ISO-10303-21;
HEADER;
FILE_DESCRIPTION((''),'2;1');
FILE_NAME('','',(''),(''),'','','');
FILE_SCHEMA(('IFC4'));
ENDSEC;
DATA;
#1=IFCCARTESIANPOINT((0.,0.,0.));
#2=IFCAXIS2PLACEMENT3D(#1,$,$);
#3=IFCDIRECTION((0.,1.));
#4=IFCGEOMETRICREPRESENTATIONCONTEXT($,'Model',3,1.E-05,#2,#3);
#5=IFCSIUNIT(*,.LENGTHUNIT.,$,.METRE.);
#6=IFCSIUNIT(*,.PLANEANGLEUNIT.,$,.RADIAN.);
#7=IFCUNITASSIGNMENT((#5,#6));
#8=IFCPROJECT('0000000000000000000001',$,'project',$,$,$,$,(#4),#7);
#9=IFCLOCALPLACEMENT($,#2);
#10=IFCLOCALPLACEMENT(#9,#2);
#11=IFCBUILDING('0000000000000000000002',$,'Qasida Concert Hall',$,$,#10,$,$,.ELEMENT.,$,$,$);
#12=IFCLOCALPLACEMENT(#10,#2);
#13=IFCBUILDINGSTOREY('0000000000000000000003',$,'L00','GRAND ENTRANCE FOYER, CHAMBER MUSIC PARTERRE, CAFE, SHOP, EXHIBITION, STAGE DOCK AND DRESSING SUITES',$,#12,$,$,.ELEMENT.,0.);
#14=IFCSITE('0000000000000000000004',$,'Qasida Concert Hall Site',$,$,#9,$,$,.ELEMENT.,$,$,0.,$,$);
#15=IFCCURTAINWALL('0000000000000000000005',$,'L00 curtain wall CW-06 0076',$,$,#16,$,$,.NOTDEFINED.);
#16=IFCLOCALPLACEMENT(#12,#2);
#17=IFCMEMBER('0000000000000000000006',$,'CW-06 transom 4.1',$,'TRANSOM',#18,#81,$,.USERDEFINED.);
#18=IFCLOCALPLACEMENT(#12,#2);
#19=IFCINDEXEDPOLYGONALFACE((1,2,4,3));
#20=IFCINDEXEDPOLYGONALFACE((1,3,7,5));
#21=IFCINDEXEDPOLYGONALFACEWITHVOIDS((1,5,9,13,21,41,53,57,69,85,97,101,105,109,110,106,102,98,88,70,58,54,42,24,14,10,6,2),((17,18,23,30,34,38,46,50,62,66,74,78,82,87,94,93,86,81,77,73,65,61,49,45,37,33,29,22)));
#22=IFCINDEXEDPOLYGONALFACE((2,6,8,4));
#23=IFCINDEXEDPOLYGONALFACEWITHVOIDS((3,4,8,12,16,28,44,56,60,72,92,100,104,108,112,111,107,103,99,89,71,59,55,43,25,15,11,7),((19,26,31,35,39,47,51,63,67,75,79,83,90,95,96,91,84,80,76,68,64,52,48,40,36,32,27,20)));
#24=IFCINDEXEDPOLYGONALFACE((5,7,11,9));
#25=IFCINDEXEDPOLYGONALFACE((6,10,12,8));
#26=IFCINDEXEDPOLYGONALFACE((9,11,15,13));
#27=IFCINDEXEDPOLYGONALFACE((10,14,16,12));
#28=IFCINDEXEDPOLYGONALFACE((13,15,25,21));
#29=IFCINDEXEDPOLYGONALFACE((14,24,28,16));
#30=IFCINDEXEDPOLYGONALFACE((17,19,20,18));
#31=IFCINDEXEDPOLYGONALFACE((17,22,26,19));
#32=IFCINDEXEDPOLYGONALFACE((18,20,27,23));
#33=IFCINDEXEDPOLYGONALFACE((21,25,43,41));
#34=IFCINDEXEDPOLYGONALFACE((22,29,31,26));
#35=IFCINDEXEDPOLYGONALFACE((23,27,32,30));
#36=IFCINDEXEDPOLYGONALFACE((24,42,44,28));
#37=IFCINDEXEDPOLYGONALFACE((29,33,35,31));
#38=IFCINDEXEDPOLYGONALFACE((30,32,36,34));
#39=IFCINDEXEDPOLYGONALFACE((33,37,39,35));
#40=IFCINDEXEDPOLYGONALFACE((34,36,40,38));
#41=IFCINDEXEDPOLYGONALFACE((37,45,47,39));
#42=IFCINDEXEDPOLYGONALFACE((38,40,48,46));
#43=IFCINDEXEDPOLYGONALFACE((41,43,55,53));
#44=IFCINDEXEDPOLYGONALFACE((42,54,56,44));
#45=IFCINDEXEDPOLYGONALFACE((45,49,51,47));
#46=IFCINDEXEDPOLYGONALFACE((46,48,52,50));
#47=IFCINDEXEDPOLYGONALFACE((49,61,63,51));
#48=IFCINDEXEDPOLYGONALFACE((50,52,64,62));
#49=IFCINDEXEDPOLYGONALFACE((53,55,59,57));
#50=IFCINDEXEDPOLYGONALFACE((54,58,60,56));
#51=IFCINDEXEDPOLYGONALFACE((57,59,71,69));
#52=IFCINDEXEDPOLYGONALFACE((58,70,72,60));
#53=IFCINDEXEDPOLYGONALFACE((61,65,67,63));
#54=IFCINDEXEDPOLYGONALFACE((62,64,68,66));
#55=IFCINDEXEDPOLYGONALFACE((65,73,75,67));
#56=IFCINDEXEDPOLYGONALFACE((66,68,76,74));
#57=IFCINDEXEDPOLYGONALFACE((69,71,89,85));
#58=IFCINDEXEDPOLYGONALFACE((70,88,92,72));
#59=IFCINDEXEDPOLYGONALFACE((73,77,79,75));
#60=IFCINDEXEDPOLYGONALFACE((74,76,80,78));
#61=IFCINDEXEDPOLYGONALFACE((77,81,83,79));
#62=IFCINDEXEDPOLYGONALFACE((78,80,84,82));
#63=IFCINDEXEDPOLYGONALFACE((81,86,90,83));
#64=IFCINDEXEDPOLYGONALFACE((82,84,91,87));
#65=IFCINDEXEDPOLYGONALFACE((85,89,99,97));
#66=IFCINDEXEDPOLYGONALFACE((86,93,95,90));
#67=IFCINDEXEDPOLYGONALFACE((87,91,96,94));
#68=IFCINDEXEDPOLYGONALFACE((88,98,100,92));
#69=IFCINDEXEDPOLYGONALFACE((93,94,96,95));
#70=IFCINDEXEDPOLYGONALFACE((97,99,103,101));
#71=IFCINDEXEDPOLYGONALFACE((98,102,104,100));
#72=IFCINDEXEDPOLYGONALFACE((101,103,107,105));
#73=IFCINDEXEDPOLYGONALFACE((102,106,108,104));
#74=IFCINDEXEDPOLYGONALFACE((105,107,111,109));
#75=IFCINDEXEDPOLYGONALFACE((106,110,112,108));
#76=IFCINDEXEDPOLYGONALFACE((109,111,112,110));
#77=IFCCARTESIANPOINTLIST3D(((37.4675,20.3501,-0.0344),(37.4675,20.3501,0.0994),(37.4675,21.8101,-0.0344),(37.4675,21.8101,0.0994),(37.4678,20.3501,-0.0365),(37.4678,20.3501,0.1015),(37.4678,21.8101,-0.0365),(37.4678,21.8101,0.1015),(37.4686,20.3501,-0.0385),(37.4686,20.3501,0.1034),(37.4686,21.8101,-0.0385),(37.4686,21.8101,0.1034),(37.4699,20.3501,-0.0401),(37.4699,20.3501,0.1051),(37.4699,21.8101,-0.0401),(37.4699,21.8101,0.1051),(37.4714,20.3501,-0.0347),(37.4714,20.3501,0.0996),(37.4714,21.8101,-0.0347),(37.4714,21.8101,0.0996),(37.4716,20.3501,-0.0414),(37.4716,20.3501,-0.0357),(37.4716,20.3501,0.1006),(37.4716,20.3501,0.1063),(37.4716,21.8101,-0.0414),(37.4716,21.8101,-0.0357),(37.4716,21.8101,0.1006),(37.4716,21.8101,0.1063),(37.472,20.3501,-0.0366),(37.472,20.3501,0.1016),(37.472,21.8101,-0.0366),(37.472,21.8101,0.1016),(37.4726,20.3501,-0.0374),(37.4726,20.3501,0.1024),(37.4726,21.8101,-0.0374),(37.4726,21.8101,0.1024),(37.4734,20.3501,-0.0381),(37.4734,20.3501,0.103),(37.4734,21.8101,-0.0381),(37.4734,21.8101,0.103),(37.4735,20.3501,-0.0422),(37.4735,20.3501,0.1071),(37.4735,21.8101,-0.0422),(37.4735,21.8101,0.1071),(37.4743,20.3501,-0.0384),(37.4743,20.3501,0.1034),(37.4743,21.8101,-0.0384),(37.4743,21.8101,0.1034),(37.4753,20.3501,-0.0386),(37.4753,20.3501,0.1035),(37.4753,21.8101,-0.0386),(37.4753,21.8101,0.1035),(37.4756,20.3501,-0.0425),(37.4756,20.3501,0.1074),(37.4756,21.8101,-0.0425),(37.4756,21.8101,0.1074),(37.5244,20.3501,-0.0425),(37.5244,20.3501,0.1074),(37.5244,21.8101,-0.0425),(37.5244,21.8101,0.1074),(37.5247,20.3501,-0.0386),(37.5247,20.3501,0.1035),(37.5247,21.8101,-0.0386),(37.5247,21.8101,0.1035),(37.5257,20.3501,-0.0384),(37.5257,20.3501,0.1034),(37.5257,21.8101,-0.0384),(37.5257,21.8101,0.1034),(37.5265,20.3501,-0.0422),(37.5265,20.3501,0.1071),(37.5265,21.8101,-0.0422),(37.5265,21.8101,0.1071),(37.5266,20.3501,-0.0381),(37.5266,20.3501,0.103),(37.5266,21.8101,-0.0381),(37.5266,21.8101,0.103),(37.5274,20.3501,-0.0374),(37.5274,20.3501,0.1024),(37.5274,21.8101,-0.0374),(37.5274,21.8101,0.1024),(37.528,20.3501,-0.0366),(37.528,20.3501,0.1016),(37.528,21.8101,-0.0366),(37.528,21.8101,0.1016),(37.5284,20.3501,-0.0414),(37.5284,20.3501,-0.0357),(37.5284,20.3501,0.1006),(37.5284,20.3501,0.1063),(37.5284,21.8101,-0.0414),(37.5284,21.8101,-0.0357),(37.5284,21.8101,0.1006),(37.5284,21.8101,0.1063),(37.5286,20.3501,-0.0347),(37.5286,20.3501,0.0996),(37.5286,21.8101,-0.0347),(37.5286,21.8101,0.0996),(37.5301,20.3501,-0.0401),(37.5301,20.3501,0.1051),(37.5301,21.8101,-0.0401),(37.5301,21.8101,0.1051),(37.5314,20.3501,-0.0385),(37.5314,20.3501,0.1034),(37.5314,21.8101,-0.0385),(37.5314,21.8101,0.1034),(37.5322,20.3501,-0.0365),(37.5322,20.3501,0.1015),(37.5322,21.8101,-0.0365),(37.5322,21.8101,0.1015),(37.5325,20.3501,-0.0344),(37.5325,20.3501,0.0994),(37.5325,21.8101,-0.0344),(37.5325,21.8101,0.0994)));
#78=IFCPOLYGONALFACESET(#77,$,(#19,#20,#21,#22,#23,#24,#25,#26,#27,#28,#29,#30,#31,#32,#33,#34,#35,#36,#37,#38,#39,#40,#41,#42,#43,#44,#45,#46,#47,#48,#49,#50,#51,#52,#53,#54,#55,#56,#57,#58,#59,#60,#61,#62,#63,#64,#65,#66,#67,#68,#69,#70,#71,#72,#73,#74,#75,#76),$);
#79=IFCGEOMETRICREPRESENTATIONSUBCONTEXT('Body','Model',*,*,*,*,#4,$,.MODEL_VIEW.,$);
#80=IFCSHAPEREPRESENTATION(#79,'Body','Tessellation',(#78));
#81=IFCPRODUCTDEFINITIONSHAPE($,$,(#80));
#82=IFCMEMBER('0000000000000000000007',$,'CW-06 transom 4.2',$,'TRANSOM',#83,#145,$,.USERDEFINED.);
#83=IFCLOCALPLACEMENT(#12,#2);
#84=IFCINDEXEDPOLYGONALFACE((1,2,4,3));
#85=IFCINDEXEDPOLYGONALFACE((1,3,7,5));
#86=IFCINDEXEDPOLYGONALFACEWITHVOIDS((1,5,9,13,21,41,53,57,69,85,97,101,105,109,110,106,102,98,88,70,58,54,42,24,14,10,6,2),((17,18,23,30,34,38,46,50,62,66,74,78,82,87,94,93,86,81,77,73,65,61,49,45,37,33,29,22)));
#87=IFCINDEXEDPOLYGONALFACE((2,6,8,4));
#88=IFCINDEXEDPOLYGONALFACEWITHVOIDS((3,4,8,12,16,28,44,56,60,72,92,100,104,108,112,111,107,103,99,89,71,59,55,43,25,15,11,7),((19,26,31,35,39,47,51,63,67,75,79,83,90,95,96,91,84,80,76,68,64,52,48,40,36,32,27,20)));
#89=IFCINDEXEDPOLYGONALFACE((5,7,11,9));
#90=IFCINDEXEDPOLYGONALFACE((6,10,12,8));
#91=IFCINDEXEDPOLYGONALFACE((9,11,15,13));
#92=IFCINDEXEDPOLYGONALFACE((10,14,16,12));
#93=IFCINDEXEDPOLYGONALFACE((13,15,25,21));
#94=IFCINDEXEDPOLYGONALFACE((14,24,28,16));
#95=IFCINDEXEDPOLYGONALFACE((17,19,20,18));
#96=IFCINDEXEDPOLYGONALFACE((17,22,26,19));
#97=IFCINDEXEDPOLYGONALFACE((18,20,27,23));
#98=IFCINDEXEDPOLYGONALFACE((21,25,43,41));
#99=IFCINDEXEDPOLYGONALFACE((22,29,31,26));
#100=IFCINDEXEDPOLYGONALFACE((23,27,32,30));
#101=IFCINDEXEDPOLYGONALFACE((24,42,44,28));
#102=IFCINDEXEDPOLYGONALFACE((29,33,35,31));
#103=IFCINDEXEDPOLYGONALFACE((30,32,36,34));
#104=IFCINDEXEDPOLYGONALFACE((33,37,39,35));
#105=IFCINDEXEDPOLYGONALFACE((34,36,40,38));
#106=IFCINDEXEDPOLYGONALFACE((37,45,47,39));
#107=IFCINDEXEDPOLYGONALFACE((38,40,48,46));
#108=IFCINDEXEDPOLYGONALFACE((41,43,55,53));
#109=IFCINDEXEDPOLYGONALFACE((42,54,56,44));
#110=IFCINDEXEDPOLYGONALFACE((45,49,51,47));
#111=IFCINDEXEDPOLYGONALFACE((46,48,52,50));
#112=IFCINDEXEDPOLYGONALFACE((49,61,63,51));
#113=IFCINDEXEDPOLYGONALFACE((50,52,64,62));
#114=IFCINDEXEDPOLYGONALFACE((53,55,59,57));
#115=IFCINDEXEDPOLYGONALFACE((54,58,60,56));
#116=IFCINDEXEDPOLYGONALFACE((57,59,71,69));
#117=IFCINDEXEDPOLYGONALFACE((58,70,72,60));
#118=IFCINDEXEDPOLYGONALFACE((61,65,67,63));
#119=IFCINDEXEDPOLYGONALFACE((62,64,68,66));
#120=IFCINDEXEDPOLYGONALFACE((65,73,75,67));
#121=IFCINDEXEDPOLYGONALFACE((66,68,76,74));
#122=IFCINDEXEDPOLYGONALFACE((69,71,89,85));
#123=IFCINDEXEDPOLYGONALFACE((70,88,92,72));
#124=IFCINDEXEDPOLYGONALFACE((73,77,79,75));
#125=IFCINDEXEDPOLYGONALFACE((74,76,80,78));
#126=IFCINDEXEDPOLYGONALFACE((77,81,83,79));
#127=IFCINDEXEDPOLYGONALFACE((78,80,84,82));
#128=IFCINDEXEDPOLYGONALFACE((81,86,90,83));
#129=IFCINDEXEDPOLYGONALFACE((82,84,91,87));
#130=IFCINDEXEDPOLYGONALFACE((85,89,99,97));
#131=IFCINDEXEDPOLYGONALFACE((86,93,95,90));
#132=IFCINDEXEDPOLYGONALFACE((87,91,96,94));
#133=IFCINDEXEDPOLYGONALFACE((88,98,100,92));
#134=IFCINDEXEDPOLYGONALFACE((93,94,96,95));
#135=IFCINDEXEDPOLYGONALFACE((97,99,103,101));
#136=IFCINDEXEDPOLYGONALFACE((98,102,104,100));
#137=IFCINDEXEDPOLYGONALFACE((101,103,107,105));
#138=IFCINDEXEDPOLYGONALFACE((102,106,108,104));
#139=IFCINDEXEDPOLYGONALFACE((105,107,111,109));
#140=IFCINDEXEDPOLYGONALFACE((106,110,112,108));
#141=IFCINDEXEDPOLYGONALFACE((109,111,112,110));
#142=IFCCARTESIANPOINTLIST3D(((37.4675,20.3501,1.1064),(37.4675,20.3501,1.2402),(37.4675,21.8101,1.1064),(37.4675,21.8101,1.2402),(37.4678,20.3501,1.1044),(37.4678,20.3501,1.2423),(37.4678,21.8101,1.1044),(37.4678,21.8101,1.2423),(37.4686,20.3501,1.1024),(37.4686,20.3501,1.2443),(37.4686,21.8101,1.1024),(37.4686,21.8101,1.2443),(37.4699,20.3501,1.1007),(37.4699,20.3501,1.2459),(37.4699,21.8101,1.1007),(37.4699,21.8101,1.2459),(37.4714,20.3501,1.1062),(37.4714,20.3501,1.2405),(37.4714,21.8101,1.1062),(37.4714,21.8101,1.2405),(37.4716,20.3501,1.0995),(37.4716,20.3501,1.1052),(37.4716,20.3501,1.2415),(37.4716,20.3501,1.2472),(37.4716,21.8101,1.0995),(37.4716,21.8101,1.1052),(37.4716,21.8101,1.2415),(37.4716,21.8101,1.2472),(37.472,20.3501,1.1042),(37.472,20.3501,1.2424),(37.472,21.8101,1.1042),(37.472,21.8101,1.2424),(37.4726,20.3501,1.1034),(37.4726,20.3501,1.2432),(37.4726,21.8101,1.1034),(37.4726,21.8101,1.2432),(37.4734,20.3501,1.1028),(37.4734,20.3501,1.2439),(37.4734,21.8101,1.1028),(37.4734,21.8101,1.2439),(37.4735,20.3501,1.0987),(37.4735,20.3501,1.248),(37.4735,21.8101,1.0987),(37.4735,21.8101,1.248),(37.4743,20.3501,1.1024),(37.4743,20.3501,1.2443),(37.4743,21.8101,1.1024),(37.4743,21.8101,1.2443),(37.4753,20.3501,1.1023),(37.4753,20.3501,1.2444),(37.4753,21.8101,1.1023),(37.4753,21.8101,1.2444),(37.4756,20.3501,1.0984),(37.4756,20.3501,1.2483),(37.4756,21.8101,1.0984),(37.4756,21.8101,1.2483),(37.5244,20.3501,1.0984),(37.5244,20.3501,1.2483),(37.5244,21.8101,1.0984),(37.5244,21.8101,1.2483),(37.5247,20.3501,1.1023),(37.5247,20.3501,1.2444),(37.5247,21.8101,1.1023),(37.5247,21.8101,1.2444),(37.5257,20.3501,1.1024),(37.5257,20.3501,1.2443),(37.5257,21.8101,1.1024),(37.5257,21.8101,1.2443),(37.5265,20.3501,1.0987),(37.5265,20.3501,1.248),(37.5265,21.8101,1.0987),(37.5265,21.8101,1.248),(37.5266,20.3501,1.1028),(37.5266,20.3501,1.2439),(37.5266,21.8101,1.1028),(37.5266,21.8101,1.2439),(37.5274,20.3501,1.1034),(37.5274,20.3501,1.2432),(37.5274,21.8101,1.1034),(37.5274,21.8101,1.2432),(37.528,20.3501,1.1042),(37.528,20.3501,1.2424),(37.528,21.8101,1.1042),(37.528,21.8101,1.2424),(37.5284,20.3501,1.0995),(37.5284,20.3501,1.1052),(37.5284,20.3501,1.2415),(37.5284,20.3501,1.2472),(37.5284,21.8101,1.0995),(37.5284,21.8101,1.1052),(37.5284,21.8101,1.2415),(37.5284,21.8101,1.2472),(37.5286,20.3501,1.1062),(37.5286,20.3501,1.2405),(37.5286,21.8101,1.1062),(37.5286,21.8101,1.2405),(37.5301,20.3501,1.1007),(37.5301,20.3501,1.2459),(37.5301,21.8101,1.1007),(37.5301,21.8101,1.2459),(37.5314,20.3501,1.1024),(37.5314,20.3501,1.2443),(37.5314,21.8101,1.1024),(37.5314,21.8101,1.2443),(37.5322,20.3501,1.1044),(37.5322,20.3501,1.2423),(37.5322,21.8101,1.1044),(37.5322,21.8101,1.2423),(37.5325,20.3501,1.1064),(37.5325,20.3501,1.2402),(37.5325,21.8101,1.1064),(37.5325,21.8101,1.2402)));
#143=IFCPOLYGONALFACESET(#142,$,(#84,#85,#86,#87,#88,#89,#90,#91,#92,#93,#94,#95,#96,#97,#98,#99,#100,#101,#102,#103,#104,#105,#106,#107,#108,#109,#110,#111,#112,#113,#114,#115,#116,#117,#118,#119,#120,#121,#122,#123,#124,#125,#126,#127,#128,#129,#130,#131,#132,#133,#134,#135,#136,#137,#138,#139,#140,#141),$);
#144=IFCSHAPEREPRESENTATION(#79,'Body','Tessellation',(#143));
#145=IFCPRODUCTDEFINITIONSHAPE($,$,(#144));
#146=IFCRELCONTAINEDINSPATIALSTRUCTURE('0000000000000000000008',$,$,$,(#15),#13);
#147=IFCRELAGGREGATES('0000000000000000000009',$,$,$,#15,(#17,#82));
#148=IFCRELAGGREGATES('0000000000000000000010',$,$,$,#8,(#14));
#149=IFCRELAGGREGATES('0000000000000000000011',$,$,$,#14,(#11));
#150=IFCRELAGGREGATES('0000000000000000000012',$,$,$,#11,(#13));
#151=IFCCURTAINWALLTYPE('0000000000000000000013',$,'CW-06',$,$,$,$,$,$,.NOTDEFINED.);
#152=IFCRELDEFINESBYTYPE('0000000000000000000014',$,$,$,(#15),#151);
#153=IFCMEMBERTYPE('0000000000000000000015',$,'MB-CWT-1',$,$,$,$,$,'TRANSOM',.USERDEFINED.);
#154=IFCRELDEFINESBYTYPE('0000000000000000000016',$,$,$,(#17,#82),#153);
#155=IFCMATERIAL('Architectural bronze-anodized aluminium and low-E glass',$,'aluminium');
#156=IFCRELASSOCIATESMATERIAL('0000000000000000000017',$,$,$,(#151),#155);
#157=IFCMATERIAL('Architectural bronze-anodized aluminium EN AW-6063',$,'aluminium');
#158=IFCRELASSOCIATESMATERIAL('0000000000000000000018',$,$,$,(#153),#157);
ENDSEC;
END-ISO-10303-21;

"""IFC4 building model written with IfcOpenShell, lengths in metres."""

from ifc_helpers import new_model, si_unit, direction, frame, origin, origin_2d, place, context, subcontext, project, spatial, hollow_rectangle, extrude, material, material_profile, profile_set, type_object, element, aggregate, save


model = new_model("IFC4")

# Units and contexts
model_context = context("Model", 3, precision=1e-05, world=origin(), true_north=direction((0.0, 1.0)))
body_context = subcontext(model_context, "Body", "Model", "MODEL_VIEW")
ifc_project = project(units=[si_unit("LENGTHUNIT", "METRE"), si_unit("PLANEANGLEUNIT", "RADIAN")], contexts=[model_context])

# Site, building, storey
site_placement = place(None, origin())
site = spatial("IfcSite", under=ifc_project, at=site_placement, Name="Qasida Concert Hall Site", CompositionType="ELEMENT", RefElevation=0.0)
building_placement = place(site_placement, origin())
building = spatial("IfcBuilding", under=site, at=building_placement, Name="Qasida Concert Hall", CompositionType="ELEMENT")
storey_placement = place(building_placement, origin())
storey = spatial("IfcBuildingStorey", under=building, at=storey_placement, Name="L00", Description="GRAND ENTRANCE FOYER, CHAMBER MUSIC PARTERRE, CAFE, SHOP, EXHIBITION, STAGE DOCK AND DRESSING SUITES", CompositionType="ELEMENT", Elevation=0.0)

# Curtain wall, members
ifc_material_1 = material(Name="Architectural bronze-anodized aluminium and low-E glass", Category="aluminium")
curtain_wall_type = type_object("IfcCurtainWallType", Name="CW-06", PredefinedType="NOTDEFINED", material=ifc_material_1)
curtain_wall_placement = place(storey_placement, origin())
curtain_wall = element("IfcCurtainWall", 1, at=curtain_wall_placement, inside=storey, type_object=curtain_wall_type, Name="L00 curtain wall CW-06 0076", PredefinedType="NOTDEFINED")
ifc_material_2 = material(Name="Architectural bronze-anodized aluminium EN AW-6063", Category="aluminium")
ifc_material_profile_1 = material_profile(ifc_material_2, hollow_rectangle(XDim=0.0649, YDim=0.1499, WallThickness=0.0039, InnerFilletRadius=0.0039, OuterFilletRadius=0.0081, at=origin_2d()), Name="CWT 150x65x4")
ifc_profile_set_1 = profile_set([ifc_material_profile_1], Name="Architectural bronze-anodized aluminium EN AW-6063")
member_type_1 = type_object("IfcMemberType", Name="MB-CWT-1", ElementType="TRANSOM", PredefinedType="USERDEFINED", material=ifc_profile_set_1)
member_1_placement = place(storey_placement, frame((37.5, 20.3501, 0.0325), z_axis=(0.0, 1.0, 0.0), x_axis=(-1.0, 0.0, 0.0)))
member_1 = element("IfcMember", 2, at=member_1_placement, type_object=member_type_1, Name="CW-06 transom 4.1", ObjectType="TRANSOM", PredefinedType="USERDEFINED", context=body_context, shape_type="SweptSolid", body=[
    extrude(hollow_rectangle(XDim=0.0649, YDim=0.1499, WallThickness=0.0039, InnerFilletRadius=0.0039, OuterFilletRadius=0.0081, at=origin_2d()), origin(), (0.0, 0.0, 1.0), 1.46),
])
member_2_placement = place(storey_placement, frame((37.5, 20.3501, 1.1733), z_axis=(0.0, 1.0, 0.0), x_axis=(-1.0, 0.0, 0.0)))
member_2 = element("IfcMember", 3, at=member_2_placement, type_object=member_type_1, Name="CW-06 transom 4.2", ObjectType="TRANSOM", PredefinedType="USERDEFINED", context=body_context, shape_type="SweptSolid", body=[
    extrude(hollow_rectangle(XDim=0.0649, YDim=0.1499, WallThickness=0.0039, InnerFilletRadius=0.0039, OuterFilletRadius=0.0081, at=origin_2d()), origin(), (0.0, 0.0, 1.0), 1.46),
])
aggregate(curtain_wall, [member_1, member_2])

save(model, "model.ifc")
